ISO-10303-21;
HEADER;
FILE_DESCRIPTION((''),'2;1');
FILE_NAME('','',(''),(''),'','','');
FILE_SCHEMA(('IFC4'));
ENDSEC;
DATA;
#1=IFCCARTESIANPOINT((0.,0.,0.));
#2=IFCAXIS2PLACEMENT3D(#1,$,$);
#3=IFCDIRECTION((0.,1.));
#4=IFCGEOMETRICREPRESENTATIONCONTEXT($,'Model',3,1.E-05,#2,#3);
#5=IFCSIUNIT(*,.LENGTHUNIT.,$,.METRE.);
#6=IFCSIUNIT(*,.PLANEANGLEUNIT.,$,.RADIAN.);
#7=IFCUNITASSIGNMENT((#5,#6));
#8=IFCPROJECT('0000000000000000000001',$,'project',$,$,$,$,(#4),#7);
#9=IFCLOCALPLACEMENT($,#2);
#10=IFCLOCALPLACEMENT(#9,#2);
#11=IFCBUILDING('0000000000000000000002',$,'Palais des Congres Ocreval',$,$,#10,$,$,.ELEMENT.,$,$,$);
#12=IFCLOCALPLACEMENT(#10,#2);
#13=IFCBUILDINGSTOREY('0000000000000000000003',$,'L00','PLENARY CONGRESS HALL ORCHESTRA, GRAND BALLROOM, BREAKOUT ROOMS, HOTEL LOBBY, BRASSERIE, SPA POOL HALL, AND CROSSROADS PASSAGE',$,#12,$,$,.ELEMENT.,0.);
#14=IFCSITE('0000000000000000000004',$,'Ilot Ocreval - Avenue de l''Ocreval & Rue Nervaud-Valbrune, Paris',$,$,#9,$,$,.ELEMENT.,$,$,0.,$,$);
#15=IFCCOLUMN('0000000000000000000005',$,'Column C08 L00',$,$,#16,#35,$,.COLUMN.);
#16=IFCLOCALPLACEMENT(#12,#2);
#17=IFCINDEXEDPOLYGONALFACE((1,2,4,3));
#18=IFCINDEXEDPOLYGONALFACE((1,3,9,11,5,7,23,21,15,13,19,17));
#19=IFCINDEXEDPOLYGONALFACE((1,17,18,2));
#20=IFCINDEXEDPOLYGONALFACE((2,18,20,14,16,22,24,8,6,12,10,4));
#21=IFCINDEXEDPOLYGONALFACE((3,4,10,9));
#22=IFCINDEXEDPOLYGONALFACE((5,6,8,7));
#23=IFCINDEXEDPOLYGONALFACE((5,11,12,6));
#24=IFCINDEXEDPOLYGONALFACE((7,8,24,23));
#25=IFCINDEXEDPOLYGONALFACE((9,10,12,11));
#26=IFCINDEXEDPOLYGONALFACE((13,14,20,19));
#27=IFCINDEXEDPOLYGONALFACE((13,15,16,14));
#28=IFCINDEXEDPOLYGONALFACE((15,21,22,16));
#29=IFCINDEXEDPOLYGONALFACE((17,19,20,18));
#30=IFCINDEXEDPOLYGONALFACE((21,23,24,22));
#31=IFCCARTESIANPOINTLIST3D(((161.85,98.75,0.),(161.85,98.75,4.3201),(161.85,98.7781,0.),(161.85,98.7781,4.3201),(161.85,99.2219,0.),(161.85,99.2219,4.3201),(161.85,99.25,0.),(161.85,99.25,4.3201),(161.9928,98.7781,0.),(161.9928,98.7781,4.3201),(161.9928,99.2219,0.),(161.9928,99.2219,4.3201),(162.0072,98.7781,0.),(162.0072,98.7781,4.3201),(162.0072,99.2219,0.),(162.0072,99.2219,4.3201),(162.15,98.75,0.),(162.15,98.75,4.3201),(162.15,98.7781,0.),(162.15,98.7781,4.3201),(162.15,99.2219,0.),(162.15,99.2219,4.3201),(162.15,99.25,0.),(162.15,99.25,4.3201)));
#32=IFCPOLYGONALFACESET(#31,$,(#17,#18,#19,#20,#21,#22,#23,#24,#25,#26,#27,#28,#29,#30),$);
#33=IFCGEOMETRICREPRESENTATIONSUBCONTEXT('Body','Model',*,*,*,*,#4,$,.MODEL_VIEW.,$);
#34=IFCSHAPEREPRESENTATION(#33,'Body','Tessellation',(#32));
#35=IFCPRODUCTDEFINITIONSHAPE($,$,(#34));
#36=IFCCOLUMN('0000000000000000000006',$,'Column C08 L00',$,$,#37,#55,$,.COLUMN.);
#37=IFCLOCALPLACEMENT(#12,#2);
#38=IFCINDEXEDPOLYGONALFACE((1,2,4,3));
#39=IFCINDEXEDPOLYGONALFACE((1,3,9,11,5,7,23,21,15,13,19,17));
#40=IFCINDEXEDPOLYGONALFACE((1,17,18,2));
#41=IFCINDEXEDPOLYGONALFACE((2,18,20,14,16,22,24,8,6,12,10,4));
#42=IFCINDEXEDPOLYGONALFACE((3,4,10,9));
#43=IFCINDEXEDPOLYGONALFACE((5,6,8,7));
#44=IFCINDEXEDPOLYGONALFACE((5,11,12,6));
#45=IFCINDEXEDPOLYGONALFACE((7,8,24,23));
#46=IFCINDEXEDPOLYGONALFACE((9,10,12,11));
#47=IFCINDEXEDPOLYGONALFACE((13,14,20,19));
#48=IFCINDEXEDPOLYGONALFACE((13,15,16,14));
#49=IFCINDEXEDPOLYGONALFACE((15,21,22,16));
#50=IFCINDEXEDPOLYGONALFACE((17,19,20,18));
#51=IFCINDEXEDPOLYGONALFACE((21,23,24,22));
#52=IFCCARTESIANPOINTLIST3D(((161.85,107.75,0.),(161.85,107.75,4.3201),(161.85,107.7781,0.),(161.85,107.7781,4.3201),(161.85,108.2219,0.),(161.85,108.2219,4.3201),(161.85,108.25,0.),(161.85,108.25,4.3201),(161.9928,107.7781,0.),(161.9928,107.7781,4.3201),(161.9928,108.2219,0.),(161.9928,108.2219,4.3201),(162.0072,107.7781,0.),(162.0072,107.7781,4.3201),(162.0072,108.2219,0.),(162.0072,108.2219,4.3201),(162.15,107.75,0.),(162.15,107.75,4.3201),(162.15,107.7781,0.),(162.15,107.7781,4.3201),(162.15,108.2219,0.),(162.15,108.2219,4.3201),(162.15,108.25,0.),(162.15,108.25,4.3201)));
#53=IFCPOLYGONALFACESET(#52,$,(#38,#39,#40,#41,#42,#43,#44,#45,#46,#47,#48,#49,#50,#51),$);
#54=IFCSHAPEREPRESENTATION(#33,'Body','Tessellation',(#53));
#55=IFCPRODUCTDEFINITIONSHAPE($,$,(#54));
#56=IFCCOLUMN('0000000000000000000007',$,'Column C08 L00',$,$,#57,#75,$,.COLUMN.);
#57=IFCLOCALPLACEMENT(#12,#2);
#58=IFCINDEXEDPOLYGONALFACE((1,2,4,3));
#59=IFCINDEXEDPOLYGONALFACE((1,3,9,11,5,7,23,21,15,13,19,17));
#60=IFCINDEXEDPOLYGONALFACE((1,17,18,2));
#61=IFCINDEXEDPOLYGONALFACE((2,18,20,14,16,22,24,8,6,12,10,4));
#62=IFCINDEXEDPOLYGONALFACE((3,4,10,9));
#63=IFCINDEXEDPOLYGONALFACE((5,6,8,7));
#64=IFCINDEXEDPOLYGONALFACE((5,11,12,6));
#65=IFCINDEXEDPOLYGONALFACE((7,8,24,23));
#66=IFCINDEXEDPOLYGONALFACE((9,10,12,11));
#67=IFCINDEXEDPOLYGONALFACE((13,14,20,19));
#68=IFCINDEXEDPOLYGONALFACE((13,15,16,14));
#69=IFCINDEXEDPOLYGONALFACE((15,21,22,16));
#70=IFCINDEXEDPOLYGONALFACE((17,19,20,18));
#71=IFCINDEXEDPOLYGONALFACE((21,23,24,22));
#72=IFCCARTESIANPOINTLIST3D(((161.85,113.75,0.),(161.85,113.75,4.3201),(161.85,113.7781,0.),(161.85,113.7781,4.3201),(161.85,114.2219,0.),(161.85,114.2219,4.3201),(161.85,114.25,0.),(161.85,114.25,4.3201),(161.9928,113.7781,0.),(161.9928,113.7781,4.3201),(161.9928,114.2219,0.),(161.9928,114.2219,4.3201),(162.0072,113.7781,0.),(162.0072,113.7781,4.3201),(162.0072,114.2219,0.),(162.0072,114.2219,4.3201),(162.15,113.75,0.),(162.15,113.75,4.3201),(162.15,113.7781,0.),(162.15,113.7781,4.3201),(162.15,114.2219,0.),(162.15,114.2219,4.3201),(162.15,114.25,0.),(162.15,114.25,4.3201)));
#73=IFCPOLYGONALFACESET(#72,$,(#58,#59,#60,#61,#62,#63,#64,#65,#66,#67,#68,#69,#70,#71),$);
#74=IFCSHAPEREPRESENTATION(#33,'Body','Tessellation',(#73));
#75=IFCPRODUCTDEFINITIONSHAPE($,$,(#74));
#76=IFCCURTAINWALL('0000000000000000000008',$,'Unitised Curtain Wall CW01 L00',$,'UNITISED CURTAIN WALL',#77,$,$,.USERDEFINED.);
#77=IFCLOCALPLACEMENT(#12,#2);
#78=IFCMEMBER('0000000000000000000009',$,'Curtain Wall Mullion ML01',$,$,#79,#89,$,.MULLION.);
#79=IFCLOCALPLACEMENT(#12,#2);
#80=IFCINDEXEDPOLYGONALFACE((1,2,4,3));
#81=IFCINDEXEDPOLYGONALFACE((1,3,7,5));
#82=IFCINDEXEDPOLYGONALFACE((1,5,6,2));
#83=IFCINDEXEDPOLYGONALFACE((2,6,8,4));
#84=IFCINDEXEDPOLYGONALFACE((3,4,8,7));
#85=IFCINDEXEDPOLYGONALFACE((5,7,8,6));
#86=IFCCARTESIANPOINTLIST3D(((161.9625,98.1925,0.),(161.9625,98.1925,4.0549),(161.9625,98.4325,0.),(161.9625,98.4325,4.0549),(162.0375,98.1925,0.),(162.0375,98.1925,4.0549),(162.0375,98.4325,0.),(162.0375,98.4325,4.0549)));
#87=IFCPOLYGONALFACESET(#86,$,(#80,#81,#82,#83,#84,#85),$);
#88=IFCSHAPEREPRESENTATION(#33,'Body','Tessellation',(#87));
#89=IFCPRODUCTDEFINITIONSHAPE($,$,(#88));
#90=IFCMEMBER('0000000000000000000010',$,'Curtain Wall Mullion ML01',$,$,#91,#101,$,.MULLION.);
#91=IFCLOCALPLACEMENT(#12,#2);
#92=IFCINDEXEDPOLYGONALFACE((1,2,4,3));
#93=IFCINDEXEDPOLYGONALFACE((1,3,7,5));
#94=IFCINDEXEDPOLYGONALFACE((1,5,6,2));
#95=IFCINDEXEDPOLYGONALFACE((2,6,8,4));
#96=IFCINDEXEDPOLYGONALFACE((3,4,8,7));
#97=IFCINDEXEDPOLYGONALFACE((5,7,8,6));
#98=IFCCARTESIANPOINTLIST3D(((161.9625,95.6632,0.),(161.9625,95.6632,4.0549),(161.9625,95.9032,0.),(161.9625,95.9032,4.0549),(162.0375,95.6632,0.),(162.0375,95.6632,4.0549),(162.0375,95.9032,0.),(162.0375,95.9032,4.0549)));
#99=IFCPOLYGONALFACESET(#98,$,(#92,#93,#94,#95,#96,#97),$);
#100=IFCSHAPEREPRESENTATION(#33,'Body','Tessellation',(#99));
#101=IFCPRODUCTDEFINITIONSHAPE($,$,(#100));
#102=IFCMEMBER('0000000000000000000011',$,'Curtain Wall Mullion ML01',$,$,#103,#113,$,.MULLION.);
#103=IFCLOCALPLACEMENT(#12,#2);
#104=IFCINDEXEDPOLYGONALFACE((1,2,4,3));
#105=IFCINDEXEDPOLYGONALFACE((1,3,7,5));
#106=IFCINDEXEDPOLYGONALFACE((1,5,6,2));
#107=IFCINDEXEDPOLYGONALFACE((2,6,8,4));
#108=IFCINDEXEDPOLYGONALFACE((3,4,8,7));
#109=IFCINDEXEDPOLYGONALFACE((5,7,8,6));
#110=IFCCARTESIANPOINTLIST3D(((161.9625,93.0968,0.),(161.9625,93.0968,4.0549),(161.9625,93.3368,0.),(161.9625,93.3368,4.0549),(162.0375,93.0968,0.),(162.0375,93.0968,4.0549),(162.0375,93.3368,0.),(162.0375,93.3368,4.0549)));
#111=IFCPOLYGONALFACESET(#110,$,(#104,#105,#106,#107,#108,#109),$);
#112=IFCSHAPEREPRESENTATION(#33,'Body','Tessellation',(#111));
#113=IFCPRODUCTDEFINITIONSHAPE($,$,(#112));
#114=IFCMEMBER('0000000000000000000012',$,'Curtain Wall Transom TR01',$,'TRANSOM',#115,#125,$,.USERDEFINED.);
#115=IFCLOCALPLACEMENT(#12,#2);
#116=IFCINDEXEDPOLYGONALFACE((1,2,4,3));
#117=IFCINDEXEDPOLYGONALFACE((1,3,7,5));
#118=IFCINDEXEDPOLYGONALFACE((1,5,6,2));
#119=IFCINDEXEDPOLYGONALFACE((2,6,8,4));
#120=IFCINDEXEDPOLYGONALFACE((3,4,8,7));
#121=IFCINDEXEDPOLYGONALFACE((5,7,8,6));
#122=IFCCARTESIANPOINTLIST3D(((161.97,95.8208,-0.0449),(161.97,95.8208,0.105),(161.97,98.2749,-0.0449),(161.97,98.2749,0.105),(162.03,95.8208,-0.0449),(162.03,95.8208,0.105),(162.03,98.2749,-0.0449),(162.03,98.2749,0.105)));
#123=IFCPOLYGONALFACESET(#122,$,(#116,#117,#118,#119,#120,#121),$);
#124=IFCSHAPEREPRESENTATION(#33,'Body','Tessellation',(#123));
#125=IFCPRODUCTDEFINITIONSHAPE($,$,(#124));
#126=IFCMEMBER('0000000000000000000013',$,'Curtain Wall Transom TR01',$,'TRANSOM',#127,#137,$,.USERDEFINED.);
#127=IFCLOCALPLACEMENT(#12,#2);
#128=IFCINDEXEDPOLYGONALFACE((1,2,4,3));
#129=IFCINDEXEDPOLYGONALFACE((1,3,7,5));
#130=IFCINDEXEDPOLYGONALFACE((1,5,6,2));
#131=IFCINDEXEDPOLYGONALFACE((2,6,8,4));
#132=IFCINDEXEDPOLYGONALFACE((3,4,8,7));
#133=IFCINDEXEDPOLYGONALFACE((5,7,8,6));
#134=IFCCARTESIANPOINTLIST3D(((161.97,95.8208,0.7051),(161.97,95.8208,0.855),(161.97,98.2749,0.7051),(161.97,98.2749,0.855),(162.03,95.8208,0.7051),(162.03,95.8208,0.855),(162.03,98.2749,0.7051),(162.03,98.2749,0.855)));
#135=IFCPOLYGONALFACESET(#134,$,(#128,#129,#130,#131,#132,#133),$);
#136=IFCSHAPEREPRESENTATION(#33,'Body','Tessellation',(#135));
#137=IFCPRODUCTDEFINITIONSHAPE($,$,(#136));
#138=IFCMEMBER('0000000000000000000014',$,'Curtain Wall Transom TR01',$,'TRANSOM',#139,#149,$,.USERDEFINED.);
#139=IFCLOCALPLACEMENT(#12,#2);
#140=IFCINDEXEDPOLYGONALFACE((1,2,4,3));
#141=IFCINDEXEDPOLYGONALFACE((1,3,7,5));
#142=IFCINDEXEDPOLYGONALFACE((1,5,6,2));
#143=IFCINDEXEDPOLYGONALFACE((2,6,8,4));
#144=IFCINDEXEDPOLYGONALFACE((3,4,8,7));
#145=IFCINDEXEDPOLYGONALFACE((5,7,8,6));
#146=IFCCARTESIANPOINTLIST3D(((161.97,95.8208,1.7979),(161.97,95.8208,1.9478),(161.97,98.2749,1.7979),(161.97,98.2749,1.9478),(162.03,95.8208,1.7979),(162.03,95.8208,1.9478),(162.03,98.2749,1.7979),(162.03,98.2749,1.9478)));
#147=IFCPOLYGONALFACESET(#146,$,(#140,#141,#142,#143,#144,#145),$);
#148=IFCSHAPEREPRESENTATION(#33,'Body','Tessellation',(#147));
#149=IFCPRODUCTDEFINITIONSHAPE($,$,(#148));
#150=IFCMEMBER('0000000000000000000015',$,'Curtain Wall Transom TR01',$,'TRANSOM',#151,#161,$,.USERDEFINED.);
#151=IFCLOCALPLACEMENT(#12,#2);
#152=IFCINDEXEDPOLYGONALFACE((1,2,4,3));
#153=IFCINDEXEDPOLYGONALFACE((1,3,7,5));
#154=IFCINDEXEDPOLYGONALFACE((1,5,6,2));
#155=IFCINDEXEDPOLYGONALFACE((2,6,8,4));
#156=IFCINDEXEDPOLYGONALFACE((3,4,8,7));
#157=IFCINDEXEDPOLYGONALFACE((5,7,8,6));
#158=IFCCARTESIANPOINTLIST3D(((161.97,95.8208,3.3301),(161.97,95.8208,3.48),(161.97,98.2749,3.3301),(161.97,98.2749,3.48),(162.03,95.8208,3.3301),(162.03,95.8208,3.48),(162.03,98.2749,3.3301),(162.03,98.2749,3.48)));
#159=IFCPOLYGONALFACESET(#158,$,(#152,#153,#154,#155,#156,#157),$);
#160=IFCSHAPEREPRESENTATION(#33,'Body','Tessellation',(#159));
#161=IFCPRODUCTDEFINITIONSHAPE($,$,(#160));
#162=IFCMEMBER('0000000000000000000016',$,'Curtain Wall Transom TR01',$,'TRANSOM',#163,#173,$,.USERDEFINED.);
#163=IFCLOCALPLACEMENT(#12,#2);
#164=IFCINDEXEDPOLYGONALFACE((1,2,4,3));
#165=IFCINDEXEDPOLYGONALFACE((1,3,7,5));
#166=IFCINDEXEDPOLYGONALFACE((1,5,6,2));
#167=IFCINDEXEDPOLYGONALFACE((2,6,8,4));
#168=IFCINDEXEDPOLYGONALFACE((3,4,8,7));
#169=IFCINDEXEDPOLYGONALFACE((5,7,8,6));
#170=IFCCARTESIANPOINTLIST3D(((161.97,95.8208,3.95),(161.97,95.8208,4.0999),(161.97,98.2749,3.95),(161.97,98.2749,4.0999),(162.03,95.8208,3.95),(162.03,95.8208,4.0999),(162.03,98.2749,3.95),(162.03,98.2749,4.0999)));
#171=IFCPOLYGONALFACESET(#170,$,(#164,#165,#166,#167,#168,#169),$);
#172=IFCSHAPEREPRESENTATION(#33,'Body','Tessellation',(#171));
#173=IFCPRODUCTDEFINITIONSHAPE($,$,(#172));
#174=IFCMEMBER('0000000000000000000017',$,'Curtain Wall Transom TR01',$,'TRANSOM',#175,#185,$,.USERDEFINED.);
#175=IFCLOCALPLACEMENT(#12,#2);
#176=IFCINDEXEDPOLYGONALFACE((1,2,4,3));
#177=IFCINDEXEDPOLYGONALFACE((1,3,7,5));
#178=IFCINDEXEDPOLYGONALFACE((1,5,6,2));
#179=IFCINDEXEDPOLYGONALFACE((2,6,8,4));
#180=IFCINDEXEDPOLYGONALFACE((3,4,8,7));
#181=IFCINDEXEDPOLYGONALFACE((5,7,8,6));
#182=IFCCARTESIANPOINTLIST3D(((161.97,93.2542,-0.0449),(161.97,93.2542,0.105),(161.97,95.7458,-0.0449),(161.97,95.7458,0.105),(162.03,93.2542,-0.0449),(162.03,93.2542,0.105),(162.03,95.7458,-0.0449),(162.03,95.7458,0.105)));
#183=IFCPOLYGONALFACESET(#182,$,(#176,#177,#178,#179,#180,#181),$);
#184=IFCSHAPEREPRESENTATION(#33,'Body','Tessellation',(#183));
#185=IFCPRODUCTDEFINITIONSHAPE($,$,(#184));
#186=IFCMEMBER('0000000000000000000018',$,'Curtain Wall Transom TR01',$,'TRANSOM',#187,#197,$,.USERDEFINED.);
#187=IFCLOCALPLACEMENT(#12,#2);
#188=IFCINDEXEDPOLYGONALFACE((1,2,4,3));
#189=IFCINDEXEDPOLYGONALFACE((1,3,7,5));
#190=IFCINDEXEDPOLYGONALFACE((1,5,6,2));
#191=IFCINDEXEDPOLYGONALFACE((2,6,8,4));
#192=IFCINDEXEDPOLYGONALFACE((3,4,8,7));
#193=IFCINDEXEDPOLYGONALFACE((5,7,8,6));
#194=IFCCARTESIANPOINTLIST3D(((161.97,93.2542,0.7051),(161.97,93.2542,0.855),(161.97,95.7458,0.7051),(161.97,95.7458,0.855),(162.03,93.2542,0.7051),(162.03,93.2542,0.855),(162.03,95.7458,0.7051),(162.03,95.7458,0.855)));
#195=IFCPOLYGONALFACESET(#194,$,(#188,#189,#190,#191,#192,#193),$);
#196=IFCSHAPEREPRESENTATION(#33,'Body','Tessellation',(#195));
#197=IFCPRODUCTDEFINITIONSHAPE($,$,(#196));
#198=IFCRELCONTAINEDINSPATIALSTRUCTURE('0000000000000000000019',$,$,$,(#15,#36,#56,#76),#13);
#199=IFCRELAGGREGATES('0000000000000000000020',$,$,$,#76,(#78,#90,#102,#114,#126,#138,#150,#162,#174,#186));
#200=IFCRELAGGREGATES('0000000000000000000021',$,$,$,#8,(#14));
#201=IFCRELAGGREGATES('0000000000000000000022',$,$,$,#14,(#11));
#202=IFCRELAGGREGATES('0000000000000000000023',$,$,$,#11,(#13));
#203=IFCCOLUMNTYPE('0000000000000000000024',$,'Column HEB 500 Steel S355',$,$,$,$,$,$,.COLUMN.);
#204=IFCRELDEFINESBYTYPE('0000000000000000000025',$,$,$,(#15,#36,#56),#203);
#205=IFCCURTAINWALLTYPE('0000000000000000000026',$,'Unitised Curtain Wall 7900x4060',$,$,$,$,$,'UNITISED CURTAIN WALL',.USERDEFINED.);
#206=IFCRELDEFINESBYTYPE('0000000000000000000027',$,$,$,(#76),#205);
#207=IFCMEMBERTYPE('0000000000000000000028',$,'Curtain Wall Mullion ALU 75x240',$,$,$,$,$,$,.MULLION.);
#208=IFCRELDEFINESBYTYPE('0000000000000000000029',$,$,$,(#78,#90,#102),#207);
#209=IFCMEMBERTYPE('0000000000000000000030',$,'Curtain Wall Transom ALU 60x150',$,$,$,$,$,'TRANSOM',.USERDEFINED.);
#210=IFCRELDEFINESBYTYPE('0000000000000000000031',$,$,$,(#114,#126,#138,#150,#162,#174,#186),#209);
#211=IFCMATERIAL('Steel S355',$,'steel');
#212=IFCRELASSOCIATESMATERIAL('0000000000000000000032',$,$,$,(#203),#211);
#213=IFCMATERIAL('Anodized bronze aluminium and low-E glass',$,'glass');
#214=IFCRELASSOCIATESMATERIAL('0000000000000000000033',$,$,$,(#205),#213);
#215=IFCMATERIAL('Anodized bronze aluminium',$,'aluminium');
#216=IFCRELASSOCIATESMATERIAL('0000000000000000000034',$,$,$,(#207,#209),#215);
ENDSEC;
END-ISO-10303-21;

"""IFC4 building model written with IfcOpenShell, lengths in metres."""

from ifc_helpers import new_model, si_unit, direction, frame, origin, origin_2d, place, context, subcontext, project, spatial, rectangle, i_section, extrude, material, material_profile, profile_set, type_object, element, aggregate, save


model = new_model("IFC4")

# Units and contexts
model_context = context("Model", 3, precision=1e-05, world=origin(), true_north=direction((0.0, 1.0)))
body_context = subcontext(model_context, "Body", "Model", "MODEL_VIEW")
ifc_project = project(units=[si_unit("LENGTHUNIT", "METRE"), si_unit("PLANEANGLEUNIT", "RADIAN")], contexts=[model_context])

# Site, building, storey
site_placement = place(None, origin())
site = spatial("IfcSite", under=ifc_project, at=site_placement, Name="Ilot Ocreval - Avenue de l'Ocreval & Rue Nervaud-Valbrune, Paris", CompositionType="ELEMENT", RefElevation=0.0)
building_placement = place(site_placement, origin())
building = spatial("IfcBuilding", under=site, at=building_placement, Name="Palais des Congres Ocreval", CompositionType="ELEMENT")
storey_placement = place(building_placement, origin())
storey = spatial("IfcBuildingStorey", under=building, at=storey_placement, Name="L00", Description="PLENARY CONGRESS HALL ORCHESTRA, GRAND BALLROOM, BREAKOUT ROOMS, HOTEL LOBBY, BRASSERIE, SPA POOL HALL, AND CROSSROADS PASSAGE", CompositionType="ELEMENT", Elevation=0.0)

# Columns
ifc_material_1 = material(Name="Steel S355", Category="steel")
ifc_material_profile_1 = material_profile(ifc_material_1, i_section(OverallWidth=0.3, OverallDepth=0.5, WebThickness=0.0144, FlangeThickness=0.0281, at=origin_2d()), Name="HEB 500")
ifc_profile_set_1 = profile_set([ifc_material_profile_1], Name="Steel S355")
column_type = type_object("IfcColumnType", Name="Column HEB 500 Steel S355", PredefinedType="COLUMN", material=ifc_profile_set_1)
for number, where, z_axis, x_axis, name in (
    (1, (162.0, 99.0, 0.0), (0.0, 0.0, 1.0), (1.0, 0.0, 0.0), "Column C08 L00"),
    (2, (162.0, 108.0, 0.0), (0.0, 0.0, 1.0), (1.0, 0.0, 0.0), "Column C08 L00"),
    (3, (162.0, 114.0, 0.0), (0.0, 0.0, 1.0), (1.0, 0.0, 0.0), "Column C08 L00"),
):
    element("IfcColumn", number, at=place(storey_placement, frame(where, z_axis=z_axis, x_axis=x_axis)), inside=storey, type_object=column_type, Name=name, PredefinedType="COLUMN", context=body_context, shape_type="SweptSolid", body=[
        extrude(i_section(OverallWidth=0.3, OverallDepth=0.5, WebThickness=0.0144, FlangeThickness=0.0281, at=origin_2d()), origin(), (0.0, 0.0, 1.0), 4.3201),
    ])

# Curtain wall, members
ifc_material_2 = material(Name="Anodized bronze aluminium and low-E glass", Category="glass")
curtain_wall_type = type_object("IfcCurtainWallType", Name="Unitised Curtain Wall 7900x4060", ElementType="UNITISED CURTAIN WALL", PredefinedType="USERDEFINED", material=ifc_material_2)
curtain_wall_placement = place(storey_placement, origin())
curtain_wall = element("IfcCurtainWall", 4, at=curtain_wall_placement, inside=storey, type_object=curtain_wall_type, Name="Unitised Curtain Wall CW01 L00", ObjectType="UNITISED CURTAIN WALL", PredefinedType="USERDEFINED")
ifc_material_3 = material(Name="Anodized bronze aluminium", Category="aluminium")
ifc_material_profile_2 = material_profile(ifc_material_3, rectangle(XDim=0.075, YDim=0.24, at=origin_2d()), Name="ALU 75x240")
ifc_profile_set_2 = profile_set([ifc_material_profile_2], Name="Anodized bronze aluminium")
member_type_1 = type_object("IfcMemberType", Name="Curtain Wall Mullion ALU 75x240", PredefinedType="MULLION", material=ifc_profile_set_2)
member_1_placement = place(storey_placement, frame((162.0, 98.3125, 0.0), z_axis=(0.0, 0.0, 1.0), x_axis=(1.0, 0.0, 0.0)))
member_1 = element("IfcMember", 5, at=member_1_placement, type_object=member_type_1, Name="Curtain Wall Mullion ML01", PredefinedType="MULLION", context=body_context, shape_type="SweptSolid", body=[
    extrude(rectangle(XDim=0.075, YDim=0.24, at=origin_2d()), origin(), (0.0, 0.0, 1.0), 4.0549),
])
member_2_placement = place(storey_placement, frame((162.0, 95.7832, 0.0), z_axis=(0.0, 0.0, 1.0), x_axis=(1.0, 0.0, 0.0)))
member_2 = element("IfcMember", 6, at=member_2_placement, type_object=member_type_1, Name="Curtain Wall Mullion ML01", PredefinedType="MULLION", context=body_context, shape_type="SweptSolid", body=[
    extrude(rectangle(XDim=0.075, YDim=0.24, at=origin_2d()), origin(), (0.0, 0.0, 1.0), 4.0549),
])
member_3_placement = place(storey_placement, frame((162.0, 93.2168, 0.0), z_axis=(0.0, 0.0, 1.0), x_axis=(1.0, 0.0, 0.0)))
member_3 = element("IfcMember", 7, at=member_3_placement, type_object=member_type_1, Name="Curtain Wall Mullion ML01", PredefinedType="MULLION", context=body_context, shape_type="SweptSolid", body=[
    extrude(rectangle(XDim=0.075, YDim=0.24, at=origin_2d()), origin(), (0.0, 0.0, 1.0), 4.0549),
])
ifc_material_profile_3 = material_profile(ifc_material_3, rectangle(XDim=0.0601, YDim=0.1499, at=origin_2d()), Name="ALU 60x150")
ifc_profile_set_3 = profile_set([ifc_material_profile_3], Name="Anodized bronze aluminium")
member_type_2 = type_object("IfcMemberType", Name="Curtain Wall Transom ALU 60x150", ElementType="TRANSOM", PredefinedType="USERDEFINED", material=ifc_profile_set_3)
member_4_placement = place(storey_placement, frame((162.0, 98.2749, 0.03), z_axis=(0.0, -1.0, 0.0), x_axis=(1.0, 0.0, 0.0)))
member_4 = element("IfcMember", 8, at=member_4_placement, type_object=member_type_2, Name="Curtain Wall Transom TR01", ObjectType="TRANSOM", PredefinedType="USERDEFINED", context=body_context, shape_type="SweptSolid", body=[
    extrude(rectangle(XDim=0.0601, YDim=0.1499, at=origin_2d()), origin(), (0.0, 0.0, 1.0), 2.4541),
])
member_5_placement = place(storey_placement, frame((162.0, 98.2749, 0.78), z_axis=(0.0, -1.0, 0.0), x_axis=(1.0, 0.0, 0.0)))
member_5 = element("IfcMember", 9, at=member_5_placement, type_object=member_type_2, Name="Curtain Wall Transom TR01", ObjectType="TRANSOM", PredefinedType="USERDEFINED", context=body_context, shape_type="SweptSolid", body=[
    extrude(rectangle(XDim=0.0601, YDim=0.1499, at=origin_2d()), origin(), (0.0, 0.0, 1.0), 2.4541),
])
member_6_placement = place(storey_placement, frame((162.0, 98.2749, 1.8728), z_axis=(0.0, -1.0, 0.0), x_axis=(1.0, 0.0, 0.0)))
member_6 = element("IfcMember", 10, at=member_6_placement, type_object=member_type_2, Name="Curtain Wall Transom TR01", ObjectType="TRANSOM", PredefinedType="USERDEFINED", context=body_context, shape_type="SweptSolid", body=[
    extrude(rectangle(XDim=0.0601, YDim=0.1499, at=origin_2d()), origin(), (0.0, 0.0, 1.0), 2.4541),
])
member_7_placement = place(storey_placement, frame((162.0, 98.2749, 3.405), z_axis=(0.0, -1.0, 0.0), x_axis=(1.0, 0.0, 0.0)))
member_7 = element("IfcMember", 11, at=member_7_placement, type_object=member_type_2, Name="Curtain Wall Transom TR01", ObjectType="TRANSOM", PredefinedType="USERDEFINED", context=body_context, shape_type="SweptSolid", body=[
    extrude(rectangle(XDim=0.0601, YDim=0.1499, at=origin_2d()), origin(), (0.0, 0.0, 1.0), 2.4541),
])
member_8_placement = place(storey_placement, frame((162.0, 98.2749, 4.0249), z_axis=(0.0, -1.0, 0.0), x_axis=(1.0, 0.0, 0.0)))
member_8 = element("IfcMember", 12, at=member_8_placement, type_object=member_type_2, Name="Curtain Wall Transom TR01", ObjectType="TRANSOM", PredefinedType="USERDEFINED", context=body_context, shape_type="SweptSolid", body=[
    extrude(rectangle(XDim=0.0601, YDim=0.1499, at=origin_2d()), origin(), (0.0, 0.0, 1.0), 2.4541),
])
member_9_placement = place(storey_placement, frame((162.0, 95.7458, 0.03), z_axis=(0.0, -1.0, 0.0), x_axis=(1.0, 0.0, 0.0)))
member_9 = element("IfcMember", 13, at=member_9_placement, type_object=member_type_2, Name="Curtain Wall Transom TR01", ObjectType="TRANSOM", PredefinedType="USERDEFINED", context=body_context, shape_type="SweptSolid", body=[
    extrude(rectangle(XDim=0.0601, YDim=0.1499, at=origin_2d()), origin(), (0.0, 0.0, 1.0), 2.4917),
])
member_10_placement = place(storey_placement, frame((162.0, 95.7458, 0.78), z_axis=(0.0, -1.0, 0.0), x_axis=(1.0, 0.0, 0.0)))
member_10 = element("IfcMember", 14, at=member_10_placement, type_object=member_type_2, Name="Curtain Wall Transom TR01", ObjectType="TRANSOM", PredefinedType="USERDEFINED", context=body_context, shape_type="SweptSolid", body=[
    extrude(rectangle(XDim=0.0601, YDim=0.1499, at=origin_2d()), origin(), (0.0, 0.0, 1.0), 2.4917),
])

aggregate(curtain_wall, [member_1, member_2, member_3, member_4, member_5, member_6, member_7, member_8, member_9, member_10])

save(model, "model.ifc")
